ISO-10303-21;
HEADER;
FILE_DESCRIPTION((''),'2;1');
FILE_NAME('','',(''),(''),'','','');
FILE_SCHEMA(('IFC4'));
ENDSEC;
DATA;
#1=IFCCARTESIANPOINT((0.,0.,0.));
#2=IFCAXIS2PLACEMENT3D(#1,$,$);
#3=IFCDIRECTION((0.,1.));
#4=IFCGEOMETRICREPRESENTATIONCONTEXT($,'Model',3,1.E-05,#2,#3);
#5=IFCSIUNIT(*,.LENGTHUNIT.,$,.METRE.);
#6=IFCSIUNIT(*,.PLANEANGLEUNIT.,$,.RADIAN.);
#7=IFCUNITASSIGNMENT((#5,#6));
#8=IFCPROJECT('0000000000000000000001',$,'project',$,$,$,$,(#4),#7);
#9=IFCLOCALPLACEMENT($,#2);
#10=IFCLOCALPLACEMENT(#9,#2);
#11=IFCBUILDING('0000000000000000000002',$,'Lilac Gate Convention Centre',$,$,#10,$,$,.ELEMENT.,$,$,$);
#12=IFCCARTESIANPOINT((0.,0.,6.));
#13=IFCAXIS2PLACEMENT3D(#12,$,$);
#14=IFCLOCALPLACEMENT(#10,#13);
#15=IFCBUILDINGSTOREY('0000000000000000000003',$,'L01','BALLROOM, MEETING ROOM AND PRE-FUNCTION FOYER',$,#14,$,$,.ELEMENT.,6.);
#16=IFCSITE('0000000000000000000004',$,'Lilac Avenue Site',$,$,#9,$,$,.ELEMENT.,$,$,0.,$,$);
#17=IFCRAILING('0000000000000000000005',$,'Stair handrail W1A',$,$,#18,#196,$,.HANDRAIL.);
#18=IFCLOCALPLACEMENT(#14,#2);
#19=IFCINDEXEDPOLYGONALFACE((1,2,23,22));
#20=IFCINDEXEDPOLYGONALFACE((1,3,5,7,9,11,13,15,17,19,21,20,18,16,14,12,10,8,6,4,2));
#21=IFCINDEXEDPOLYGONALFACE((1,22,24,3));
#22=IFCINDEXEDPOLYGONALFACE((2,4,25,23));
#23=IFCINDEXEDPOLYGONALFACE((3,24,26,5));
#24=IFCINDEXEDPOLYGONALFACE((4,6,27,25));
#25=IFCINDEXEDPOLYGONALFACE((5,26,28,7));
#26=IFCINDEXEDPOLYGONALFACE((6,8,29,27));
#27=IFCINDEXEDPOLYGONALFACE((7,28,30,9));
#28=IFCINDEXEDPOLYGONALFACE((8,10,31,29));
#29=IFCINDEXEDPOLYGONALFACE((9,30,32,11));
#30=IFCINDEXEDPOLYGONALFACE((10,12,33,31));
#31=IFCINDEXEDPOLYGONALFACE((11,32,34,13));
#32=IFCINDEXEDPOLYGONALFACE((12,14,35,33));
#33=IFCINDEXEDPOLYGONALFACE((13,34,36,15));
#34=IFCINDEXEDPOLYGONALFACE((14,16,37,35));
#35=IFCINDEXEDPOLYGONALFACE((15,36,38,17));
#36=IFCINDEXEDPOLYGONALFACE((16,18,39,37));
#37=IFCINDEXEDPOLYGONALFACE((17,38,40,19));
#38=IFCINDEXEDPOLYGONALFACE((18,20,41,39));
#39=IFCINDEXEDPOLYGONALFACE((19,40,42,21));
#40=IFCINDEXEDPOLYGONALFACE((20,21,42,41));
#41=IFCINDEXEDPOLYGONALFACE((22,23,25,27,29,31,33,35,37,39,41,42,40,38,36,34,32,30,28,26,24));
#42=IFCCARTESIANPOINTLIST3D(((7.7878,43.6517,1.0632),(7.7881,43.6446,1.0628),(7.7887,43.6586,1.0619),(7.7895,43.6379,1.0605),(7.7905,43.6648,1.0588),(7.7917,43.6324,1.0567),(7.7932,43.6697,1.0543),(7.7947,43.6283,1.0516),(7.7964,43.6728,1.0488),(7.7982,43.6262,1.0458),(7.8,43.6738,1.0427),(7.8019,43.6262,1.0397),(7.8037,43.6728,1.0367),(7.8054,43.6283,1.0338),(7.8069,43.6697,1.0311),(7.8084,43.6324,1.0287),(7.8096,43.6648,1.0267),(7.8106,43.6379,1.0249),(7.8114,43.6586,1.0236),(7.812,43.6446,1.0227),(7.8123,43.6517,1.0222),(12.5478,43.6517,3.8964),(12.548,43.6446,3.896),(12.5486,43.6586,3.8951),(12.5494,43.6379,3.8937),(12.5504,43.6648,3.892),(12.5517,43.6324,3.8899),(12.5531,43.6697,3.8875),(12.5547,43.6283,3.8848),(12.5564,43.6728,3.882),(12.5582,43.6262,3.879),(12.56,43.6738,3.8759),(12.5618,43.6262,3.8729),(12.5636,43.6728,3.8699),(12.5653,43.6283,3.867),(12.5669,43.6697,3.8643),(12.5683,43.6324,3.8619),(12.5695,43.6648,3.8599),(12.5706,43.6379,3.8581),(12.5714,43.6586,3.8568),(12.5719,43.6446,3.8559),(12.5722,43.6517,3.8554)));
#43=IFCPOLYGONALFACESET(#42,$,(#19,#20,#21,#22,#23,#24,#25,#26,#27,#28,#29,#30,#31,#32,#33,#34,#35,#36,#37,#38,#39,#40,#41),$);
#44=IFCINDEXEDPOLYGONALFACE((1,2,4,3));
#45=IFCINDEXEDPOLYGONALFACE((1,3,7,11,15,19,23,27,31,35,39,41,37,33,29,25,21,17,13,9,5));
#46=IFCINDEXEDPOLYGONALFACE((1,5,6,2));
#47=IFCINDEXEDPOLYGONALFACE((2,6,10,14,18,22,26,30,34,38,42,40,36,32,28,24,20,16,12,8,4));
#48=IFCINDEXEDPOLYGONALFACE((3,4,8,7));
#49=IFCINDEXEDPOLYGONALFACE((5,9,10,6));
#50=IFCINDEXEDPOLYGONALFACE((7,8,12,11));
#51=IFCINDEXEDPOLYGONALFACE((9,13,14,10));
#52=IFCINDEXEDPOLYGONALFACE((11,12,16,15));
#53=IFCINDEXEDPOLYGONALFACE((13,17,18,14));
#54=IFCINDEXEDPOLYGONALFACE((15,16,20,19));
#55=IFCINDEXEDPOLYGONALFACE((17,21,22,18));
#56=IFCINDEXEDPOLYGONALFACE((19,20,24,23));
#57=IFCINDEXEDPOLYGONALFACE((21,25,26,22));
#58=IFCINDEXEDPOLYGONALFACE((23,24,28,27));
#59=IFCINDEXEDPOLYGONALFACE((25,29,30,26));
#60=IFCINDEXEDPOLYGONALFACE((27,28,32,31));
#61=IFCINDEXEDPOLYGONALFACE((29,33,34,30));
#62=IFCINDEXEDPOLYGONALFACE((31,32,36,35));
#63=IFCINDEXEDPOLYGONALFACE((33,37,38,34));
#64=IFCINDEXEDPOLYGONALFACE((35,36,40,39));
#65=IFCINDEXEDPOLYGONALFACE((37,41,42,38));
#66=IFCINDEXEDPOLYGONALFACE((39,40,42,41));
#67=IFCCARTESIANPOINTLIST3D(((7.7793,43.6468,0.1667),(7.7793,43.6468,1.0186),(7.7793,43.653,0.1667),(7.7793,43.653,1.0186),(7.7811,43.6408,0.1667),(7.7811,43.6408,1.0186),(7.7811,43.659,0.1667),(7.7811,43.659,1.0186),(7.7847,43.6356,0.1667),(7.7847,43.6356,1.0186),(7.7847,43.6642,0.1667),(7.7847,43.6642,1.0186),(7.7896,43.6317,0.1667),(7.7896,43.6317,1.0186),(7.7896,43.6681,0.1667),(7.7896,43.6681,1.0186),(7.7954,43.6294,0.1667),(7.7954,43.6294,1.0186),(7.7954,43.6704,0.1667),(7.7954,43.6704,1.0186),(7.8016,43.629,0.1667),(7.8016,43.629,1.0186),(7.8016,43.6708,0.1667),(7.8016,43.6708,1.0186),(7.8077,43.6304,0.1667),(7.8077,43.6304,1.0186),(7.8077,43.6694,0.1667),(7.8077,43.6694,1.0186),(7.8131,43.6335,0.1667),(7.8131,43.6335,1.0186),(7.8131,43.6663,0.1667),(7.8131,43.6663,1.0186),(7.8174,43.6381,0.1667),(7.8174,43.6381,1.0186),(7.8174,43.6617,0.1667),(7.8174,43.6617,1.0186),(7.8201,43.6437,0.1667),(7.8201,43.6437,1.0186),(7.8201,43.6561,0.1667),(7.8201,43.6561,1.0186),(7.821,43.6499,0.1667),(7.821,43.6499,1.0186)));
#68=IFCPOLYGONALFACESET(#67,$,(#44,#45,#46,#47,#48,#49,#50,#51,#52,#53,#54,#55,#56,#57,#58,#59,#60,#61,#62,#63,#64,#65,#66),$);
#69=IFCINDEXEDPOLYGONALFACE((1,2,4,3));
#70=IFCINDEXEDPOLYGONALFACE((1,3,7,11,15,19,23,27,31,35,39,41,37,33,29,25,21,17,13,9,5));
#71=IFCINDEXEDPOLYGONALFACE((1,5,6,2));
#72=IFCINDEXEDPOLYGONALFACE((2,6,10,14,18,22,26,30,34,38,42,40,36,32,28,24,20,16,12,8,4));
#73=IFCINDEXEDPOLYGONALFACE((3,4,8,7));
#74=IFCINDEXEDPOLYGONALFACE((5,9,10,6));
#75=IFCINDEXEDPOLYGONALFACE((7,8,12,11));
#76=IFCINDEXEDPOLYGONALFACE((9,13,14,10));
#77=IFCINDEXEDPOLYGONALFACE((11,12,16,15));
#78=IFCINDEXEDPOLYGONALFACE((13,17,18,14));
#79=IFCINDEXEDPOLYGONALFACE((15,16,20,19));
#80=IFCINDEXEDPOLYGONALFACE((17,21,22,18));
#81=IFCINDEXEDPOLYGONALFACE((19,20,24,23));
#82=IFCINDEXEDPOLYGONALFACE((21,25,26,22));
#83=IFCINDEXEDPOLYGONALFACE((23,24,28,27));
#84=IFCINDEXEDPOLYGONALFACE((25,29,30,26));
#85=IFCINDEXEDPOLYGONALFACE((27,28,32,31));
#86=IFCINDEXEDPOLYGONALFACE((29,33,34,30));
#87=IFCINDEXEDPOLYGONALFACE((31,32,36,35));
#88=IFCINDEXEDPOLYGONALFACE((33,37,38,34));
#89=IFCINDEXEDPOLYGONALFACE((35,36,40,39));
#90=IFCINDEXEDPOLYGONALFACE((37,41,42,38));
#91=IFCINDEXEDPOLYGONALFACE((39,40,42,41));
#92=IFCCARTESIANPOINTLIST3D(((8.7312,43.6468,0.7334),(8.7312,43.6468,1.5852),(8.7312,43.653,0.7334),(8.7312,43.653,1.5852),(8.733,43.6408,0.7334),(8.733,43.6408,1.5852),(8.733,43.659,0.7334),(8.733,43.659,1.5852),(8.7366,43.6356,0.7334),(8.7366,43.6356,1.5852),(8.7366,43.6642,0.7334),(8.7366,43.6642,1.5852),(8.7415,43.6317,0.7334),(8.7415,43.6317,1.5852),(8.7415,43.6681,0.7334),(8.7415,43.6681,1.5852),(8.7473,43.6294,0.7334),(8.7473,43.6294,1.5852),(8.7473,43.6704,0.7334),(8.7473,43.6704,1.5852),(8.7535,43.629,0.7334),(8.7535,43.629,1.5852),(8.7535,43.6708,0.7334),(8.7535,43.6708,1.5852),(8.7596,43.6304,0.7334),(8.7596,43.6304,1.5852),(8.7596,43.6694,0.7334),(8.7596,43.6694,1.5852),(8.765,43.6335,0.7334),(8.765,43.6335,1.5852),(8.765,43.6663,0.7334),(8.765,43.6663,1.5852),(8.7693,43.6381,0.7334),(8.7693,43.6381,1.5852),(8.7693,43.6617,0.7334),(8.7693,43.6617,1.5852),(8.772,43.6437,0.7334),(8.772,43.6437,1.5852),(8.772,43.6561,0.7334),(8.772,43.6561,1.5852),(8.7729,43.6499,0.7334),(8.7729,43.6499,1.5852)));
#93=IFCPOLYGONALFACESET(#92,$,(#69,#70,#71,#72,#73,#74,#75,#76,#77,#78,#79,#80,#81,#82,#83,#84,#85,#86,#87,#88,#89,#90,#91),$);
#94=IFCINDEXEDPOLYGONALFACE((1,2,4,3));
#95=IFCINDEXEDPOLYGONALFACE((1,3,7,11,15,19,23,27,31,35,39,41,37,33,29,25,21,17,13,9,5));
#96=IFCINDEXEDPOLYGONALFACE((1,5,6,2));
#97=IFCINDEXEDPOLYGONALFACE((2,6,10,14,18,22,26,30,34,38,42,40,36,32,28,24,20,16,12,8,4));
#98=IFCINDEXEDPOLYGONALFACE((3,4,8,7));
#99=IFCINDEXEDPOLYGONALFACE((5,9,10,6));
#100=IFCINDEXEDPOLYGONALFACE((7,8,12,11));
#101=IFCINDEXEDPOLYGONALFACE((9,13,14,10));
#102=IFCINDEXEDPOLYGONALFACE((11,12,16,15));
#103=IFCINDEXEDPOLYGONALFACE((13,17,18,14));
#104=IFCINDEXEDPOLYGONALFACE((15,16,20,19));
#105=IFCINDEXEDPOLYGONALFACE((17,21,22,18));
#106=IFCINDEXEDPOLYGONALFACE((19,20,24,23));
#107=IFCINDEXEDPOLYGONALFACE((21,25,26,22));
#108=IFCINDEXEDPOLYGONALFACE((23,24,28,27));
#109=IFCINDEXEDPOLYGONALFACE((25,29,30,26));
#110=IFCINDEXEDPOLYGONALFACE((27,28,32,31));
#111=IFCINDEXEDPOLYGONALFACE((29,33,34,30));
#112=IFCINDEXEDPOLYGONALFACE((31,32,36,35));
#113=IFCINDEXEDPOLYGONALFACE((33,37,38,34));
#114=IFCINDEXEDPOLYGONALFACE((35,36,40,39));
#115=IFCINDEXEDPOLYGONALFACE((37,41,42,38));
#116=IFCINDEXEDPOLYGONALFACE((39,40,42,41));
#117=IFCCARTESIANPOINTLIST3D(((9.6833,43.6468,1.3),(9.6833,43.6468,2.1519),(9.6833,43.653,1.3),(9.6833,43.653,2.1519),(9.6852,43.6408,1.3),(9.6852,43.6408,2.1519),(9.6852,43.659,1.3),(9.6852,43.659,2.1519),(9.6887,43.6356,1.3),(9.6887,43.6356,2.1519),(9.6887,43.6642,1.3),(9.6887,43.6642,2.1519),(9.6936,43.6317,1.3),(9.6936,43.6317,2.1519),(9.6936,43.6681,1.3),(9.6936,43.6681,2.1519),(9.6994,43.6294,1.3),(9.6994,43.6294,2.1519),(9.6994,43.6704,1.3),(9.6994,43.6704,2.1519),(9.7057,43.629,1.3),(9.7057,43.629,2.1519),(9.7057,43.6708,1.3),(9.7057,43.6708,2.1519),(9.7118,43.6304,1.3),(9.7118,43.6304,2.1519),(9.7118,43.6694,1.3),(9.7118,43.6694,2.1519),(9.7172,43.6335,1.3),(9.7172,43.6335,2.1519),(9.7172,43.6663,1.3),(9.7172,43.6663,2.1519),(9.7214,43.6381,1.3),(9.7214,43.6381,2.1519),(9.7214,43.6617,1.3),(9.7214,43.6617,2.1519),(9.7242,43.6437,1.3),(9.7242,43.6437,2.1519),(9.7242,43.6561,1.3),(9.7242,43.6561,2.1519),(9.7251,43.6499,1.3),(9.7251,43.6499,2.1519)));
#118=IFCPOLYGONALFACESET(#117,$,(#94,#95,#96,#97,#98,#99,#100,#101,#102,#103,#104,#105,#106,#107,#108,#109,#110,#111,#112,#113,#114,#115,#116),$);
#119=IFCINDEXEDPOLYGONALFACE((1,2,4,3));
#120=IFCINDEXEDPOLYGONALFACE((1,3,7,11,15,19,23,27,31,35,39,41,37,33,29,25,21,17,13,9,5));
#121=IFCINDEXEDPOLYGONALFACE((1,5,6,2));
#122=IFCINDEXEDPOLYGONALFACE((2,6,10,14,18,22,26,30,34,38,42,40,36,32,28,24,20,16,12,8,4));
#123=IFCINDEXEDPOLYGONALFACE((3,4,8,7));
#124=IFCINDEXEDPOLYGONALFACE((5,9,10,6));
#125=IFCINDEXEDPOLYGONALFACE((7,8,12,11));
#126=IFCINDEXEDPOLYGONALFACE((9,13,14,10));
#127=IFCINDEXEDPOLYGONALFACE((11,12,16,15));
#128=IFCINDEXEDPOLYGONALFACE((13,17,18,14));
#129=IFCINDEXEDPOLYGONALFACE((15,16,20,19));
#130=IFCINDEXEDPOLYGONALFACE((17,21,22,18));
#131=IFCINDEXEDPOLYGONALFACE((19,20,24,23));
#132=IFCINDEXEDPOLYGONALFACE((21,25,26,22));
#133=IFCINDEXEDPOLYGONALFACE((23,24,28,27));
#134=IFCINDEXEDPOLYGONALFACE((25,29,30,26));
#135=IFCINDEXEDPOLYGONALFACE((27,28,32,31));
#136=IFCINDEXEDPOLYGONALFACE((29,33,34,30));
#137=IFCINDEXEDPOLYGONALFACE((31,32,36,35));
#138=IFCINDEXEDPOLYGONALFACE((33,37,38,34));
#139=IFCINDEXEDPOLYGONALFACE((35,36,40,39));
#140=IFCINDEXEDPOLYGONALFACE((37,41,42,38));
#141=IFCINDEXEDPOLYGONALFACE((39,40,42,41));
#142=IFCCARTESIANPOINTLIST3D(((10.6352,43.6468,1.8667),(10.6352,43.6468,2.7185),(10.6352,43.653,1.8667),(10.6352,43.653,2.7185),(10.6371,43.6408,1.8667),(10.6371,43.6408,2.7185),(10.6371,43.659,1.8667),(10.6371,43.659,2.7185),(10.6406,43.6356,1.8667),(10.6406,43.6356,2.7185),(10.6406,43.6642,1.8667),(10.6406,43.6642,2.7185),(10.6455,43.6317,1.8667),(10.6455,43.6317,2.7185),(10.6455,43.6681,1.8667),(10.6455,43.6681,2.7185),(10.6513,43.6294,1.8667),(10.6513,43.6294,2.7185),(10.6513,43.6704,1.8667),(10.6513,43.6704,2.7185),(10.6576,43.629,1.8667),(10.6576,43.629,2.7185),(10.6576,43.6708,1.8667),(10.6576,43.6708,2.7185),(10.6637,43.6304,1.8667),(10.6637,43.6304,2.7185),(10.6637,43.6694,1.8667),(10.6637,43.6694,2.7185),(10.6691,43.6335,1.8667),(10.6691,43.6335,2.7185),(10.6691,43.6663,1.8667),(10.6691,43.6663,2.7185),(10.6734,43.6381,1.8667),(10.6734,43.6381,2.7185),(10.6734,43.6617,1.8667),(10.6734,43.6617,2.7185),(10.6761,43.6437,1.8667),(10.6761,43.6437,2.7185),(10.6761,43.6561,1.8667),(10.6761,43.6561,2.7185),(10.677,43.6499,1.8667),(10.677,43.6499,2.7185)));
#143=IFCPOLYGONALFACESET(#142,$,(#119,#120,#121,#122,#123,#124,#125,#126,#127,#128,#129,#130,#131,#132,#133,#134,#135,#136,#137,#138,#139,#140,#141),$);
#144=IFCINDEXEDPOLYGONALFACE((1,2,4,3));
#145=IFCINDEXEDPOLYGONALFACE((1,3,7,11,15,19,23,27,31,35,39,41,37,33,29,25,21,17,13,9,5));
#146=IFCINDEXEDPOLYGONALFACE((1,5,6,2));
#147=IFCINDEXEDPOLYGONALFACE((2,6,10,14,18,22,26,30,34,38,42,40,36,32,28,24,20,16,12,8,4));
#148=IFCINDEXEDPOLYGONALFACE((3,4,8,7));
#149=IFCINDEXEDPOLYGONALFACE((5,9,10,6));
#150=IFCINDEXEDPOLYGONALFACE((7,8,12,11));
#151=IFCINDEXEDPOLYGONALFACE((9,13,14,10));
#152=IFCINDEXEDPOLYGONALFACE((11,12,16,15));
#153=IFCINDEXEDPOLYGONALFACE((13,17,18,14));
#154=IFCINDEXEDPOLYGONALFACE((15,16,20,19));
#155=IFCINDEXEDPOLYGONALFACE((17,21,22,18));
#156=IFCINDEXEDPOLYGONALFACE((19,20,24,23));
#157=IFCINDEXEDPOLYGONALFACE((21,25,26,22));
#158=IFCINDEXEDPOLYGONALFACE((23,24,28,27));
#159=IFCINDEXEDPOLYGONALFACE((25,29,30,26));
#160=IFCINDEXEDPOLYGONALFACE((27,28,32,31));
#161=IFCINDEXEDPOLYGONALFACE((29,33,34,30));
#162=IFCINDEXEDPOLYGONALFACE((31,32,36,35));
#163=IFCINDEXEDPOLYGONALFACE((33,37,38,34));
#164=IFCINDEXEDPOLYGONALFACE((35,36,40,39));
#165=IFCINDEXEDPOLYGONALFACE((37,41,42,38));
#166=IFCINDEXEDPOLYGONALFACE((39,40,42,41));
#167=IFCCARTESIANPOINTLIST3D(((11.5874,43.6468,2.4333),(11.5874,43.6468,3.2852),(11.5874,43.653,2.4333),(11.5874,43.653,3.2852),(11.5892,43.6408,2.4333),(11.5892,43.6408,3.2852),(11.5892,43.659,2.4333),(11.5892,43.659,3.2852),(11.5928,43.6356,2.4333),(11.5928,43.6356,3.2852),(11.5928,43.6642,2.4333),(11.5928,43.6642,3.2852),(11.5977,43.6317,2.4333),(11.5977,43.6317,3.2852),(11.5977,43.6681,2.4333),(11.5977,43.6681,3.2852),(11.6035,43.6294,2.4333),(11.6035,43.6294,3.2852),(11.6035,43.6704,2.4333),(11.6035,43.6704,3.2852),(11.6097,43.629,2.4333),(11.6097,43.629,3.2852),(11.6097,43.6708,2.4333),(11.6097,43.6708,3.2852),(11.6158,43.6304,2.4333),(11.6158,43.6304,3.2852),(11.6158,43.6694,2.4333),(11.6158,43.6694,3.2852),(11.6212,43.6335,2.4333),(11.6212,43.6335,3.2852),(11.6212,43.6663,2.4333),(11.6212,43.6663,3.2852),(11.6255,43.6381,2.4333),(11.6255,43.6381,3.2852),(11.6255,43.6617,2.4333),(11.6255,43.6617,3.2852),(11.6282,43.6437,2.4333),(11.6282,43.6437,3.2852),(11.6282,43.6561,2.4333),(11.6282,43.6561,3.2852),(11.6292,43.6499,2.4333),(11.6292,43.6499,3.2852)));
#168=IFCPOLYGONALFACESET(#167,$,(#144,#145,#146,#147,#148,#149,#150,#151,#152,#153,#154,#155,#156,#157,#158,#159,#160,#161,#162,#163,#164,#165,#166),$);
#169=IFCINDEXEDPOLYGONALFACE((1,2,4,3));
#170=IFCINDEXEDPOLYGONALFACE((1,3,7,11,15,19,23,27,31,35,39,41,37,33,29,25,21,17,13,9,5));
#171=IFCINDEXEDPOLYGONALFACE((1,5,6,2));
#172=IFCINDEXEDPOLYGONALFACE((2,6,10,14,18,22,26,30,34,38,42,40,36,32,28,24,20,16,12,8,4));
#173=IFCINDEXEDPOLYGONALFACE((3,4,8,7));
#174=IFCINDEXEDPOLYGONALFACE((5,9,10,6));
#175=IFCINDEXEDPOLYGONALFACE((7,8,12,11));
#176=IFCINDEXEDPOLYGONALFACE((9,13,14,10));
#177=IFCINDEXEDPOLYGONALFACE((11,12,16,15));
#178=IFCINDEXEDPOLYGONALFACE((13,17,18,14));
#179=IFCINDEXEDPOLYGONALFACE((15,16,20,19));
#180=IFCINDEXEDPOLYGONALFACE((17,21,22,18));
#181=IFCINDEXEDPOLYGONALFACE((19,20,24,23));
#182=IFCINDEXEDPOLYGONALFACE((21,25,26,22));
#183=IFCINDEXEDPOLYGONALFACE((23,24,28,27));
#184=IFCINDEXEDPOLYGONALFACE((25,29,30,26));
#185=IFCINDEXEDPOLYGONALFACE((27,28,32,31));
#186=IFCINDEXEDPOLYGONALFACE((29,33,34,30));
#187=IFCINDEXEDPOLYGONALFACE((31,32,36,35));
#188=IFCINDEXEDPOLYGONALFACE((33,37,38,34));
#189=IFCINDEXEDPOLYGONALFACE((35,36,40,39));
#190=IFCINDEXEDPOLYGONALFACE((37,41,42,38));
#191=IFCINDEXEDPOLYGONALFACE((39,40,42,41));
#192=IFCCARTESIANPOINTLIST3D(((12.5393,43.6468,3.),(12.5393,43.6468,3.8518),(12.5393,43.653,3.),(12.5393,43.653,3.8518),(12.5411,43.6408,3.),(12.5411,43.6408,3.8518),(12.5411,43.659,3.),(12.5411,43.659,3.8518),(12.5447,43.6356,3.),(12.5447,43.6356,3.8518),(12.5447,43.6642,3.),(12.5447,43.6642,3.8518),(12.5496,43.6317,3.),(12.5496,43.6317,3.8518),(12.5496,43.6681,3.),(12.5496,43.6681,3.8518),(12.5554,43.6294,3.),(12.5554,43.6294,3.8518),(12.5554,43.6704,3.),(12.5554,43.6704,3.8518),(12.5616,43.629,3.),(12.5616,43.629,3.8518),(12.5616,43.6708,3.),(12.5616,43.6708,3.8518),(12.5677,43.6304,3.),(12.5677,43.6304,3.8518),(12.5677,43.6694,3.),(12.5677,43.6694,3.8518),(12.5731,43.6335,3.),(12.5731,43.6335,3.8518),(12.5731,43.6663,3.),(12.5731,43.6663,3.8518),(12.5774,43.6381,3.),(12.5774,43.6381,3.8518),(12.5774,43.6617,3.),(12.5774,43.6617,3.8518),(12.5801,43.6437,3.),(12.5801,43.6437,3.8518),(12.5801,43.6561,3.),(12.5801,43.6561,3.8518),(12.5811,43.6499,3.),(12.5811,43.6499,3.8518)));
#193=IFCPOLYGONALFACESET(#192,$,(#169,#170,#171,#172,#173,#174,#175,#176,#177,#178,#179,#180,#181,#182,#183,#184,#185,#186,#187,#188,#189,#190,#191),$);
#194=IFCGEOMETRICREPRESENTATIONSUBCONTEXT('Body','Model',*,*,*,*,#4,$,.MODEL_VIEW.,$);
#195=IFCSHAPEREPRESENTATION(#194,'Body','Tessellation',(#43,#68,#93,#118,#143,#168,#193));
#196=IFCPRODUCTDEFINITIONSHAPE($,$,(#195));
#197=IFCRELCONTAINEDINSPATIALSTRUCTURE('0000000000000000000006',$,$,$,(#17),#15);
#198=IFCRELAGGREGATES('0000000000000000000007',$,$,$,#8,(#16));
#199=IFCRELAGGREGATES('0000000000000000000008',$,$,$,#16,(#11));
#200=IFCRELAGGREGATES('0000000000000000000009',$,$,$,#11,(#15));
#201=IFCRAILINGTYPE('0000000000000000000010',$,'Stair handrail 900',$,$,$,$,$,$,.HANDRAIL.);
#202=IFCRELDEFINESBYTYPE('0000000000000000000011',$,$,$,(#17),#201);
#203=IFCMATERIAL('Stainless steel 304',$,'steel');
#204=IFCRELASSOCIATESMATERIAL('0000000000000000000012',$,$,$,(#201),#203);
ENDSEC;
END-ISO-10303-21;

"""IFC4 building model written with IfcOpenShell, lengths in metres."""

from ifc_helpers import new_model, si_unit, direction, frame, origin, origin_2d, place, context, subcontext, project, spatial, circle, extrude, material, type_object, element, save


model = new_model("IFC4")

# Units and contexts
model_context = context("Model", 3, precision=1e-05, world=origin(), true_north=direction((0.0, 1.0)))
body_context = subcontext(model_context, "Body", "Model", "MODEL_VIEW")
ifc_project = project(units=[si_unit("LENGTHUNIT", "METRE"), si_unit("PLANEANGLEUNIT", "RADIAN")], contexts=[model_context])

# Site, building, storey
site_placement = place(None, origin())
site = spatial("IfcSite", under=ifc_project, at=site_placement, Name="Lilac Avenue Site", CompositionType="ELEMENT", RefElevation=0.0)
building_placement = place(site_placement, origin())
building = spatial("IfcBuilding", under=site, at=building_placement, Name="Lilac Gate Convention Centre", CompositionType="ELEMENT")
storey_placement = place(building_placement, frame((0.0, 0.0, 6.0)))
storey = spatial("IfcBuildingStorey", under=building, at=storey_placement, Name="L01", Description="BALLROOM, MEETING ROOM AND PRE-FUNCTION FOYER", CompositionType="ELEMENT", Elevation=6.0)

# Railing
ifc_material_1 = material(Name="Stainless steel 304", Category="steel")
railing_type = type_object("IfcRailingType", Name="Stair handrail 900", PredefinedType="HANDRAIL", material=ifc_material_1)
for number, where, name in (
    (1, (7.8, 43.6499, 0.1667), "Stair handrail W1A"),
):
    element("IfcRailing", number, at=place(storey_placement, frame(where)), inside=storey, type_object=railing_type, Name=name, PredefinedType="HANDRAIL", context=body_context, shape_type="SweptSolid", body=[
        extrude(circle(Radius=0.0239, at=origin_2d()), frame((0.0, 0.0, 0.876), z_axis=(0.8593, 0.0, 0.511472), x_axis=(0.0, 1.0, 0.0)), (0.0, 0.0, 1.0), 5.5393),
        extrude(circle(Radius=0.021, at=origin_2d()), origin(), (0.0, 0.0, 1.0), 0.8518),
        extrude(circle(Radius=0.021, at=origin_2d()), frame((0.9519, 0.0, 0.5667)), (0.0, 0.0, 1.0), 0.8518),
        extrude(circle(Radius=0.021, at=origin_2d()), frame((1.9041, 0.0, 1.1333)), (0.0, 0.0, 1.0), 0.8518),
        extrude(circle(Radius=0.021, at=origin_2d()), frame((2.856, 0.0, 1.7)), (0.0, 0.0, 1.0), 0.8518),
        extrude(circle(Radius=0.021, at=origin_2d()), frame((3.8081, 0.0, 2.2666)), (0.0, 0.0, 1.0), 0.8518),
        extrude(circle(Radius=0.021, at=origin_2d()), frame((4.76, 0.0, 2.8333)), (0.0, 0.0, 1.0), 0.8518),
    ])

save(model, "model.ifc")
